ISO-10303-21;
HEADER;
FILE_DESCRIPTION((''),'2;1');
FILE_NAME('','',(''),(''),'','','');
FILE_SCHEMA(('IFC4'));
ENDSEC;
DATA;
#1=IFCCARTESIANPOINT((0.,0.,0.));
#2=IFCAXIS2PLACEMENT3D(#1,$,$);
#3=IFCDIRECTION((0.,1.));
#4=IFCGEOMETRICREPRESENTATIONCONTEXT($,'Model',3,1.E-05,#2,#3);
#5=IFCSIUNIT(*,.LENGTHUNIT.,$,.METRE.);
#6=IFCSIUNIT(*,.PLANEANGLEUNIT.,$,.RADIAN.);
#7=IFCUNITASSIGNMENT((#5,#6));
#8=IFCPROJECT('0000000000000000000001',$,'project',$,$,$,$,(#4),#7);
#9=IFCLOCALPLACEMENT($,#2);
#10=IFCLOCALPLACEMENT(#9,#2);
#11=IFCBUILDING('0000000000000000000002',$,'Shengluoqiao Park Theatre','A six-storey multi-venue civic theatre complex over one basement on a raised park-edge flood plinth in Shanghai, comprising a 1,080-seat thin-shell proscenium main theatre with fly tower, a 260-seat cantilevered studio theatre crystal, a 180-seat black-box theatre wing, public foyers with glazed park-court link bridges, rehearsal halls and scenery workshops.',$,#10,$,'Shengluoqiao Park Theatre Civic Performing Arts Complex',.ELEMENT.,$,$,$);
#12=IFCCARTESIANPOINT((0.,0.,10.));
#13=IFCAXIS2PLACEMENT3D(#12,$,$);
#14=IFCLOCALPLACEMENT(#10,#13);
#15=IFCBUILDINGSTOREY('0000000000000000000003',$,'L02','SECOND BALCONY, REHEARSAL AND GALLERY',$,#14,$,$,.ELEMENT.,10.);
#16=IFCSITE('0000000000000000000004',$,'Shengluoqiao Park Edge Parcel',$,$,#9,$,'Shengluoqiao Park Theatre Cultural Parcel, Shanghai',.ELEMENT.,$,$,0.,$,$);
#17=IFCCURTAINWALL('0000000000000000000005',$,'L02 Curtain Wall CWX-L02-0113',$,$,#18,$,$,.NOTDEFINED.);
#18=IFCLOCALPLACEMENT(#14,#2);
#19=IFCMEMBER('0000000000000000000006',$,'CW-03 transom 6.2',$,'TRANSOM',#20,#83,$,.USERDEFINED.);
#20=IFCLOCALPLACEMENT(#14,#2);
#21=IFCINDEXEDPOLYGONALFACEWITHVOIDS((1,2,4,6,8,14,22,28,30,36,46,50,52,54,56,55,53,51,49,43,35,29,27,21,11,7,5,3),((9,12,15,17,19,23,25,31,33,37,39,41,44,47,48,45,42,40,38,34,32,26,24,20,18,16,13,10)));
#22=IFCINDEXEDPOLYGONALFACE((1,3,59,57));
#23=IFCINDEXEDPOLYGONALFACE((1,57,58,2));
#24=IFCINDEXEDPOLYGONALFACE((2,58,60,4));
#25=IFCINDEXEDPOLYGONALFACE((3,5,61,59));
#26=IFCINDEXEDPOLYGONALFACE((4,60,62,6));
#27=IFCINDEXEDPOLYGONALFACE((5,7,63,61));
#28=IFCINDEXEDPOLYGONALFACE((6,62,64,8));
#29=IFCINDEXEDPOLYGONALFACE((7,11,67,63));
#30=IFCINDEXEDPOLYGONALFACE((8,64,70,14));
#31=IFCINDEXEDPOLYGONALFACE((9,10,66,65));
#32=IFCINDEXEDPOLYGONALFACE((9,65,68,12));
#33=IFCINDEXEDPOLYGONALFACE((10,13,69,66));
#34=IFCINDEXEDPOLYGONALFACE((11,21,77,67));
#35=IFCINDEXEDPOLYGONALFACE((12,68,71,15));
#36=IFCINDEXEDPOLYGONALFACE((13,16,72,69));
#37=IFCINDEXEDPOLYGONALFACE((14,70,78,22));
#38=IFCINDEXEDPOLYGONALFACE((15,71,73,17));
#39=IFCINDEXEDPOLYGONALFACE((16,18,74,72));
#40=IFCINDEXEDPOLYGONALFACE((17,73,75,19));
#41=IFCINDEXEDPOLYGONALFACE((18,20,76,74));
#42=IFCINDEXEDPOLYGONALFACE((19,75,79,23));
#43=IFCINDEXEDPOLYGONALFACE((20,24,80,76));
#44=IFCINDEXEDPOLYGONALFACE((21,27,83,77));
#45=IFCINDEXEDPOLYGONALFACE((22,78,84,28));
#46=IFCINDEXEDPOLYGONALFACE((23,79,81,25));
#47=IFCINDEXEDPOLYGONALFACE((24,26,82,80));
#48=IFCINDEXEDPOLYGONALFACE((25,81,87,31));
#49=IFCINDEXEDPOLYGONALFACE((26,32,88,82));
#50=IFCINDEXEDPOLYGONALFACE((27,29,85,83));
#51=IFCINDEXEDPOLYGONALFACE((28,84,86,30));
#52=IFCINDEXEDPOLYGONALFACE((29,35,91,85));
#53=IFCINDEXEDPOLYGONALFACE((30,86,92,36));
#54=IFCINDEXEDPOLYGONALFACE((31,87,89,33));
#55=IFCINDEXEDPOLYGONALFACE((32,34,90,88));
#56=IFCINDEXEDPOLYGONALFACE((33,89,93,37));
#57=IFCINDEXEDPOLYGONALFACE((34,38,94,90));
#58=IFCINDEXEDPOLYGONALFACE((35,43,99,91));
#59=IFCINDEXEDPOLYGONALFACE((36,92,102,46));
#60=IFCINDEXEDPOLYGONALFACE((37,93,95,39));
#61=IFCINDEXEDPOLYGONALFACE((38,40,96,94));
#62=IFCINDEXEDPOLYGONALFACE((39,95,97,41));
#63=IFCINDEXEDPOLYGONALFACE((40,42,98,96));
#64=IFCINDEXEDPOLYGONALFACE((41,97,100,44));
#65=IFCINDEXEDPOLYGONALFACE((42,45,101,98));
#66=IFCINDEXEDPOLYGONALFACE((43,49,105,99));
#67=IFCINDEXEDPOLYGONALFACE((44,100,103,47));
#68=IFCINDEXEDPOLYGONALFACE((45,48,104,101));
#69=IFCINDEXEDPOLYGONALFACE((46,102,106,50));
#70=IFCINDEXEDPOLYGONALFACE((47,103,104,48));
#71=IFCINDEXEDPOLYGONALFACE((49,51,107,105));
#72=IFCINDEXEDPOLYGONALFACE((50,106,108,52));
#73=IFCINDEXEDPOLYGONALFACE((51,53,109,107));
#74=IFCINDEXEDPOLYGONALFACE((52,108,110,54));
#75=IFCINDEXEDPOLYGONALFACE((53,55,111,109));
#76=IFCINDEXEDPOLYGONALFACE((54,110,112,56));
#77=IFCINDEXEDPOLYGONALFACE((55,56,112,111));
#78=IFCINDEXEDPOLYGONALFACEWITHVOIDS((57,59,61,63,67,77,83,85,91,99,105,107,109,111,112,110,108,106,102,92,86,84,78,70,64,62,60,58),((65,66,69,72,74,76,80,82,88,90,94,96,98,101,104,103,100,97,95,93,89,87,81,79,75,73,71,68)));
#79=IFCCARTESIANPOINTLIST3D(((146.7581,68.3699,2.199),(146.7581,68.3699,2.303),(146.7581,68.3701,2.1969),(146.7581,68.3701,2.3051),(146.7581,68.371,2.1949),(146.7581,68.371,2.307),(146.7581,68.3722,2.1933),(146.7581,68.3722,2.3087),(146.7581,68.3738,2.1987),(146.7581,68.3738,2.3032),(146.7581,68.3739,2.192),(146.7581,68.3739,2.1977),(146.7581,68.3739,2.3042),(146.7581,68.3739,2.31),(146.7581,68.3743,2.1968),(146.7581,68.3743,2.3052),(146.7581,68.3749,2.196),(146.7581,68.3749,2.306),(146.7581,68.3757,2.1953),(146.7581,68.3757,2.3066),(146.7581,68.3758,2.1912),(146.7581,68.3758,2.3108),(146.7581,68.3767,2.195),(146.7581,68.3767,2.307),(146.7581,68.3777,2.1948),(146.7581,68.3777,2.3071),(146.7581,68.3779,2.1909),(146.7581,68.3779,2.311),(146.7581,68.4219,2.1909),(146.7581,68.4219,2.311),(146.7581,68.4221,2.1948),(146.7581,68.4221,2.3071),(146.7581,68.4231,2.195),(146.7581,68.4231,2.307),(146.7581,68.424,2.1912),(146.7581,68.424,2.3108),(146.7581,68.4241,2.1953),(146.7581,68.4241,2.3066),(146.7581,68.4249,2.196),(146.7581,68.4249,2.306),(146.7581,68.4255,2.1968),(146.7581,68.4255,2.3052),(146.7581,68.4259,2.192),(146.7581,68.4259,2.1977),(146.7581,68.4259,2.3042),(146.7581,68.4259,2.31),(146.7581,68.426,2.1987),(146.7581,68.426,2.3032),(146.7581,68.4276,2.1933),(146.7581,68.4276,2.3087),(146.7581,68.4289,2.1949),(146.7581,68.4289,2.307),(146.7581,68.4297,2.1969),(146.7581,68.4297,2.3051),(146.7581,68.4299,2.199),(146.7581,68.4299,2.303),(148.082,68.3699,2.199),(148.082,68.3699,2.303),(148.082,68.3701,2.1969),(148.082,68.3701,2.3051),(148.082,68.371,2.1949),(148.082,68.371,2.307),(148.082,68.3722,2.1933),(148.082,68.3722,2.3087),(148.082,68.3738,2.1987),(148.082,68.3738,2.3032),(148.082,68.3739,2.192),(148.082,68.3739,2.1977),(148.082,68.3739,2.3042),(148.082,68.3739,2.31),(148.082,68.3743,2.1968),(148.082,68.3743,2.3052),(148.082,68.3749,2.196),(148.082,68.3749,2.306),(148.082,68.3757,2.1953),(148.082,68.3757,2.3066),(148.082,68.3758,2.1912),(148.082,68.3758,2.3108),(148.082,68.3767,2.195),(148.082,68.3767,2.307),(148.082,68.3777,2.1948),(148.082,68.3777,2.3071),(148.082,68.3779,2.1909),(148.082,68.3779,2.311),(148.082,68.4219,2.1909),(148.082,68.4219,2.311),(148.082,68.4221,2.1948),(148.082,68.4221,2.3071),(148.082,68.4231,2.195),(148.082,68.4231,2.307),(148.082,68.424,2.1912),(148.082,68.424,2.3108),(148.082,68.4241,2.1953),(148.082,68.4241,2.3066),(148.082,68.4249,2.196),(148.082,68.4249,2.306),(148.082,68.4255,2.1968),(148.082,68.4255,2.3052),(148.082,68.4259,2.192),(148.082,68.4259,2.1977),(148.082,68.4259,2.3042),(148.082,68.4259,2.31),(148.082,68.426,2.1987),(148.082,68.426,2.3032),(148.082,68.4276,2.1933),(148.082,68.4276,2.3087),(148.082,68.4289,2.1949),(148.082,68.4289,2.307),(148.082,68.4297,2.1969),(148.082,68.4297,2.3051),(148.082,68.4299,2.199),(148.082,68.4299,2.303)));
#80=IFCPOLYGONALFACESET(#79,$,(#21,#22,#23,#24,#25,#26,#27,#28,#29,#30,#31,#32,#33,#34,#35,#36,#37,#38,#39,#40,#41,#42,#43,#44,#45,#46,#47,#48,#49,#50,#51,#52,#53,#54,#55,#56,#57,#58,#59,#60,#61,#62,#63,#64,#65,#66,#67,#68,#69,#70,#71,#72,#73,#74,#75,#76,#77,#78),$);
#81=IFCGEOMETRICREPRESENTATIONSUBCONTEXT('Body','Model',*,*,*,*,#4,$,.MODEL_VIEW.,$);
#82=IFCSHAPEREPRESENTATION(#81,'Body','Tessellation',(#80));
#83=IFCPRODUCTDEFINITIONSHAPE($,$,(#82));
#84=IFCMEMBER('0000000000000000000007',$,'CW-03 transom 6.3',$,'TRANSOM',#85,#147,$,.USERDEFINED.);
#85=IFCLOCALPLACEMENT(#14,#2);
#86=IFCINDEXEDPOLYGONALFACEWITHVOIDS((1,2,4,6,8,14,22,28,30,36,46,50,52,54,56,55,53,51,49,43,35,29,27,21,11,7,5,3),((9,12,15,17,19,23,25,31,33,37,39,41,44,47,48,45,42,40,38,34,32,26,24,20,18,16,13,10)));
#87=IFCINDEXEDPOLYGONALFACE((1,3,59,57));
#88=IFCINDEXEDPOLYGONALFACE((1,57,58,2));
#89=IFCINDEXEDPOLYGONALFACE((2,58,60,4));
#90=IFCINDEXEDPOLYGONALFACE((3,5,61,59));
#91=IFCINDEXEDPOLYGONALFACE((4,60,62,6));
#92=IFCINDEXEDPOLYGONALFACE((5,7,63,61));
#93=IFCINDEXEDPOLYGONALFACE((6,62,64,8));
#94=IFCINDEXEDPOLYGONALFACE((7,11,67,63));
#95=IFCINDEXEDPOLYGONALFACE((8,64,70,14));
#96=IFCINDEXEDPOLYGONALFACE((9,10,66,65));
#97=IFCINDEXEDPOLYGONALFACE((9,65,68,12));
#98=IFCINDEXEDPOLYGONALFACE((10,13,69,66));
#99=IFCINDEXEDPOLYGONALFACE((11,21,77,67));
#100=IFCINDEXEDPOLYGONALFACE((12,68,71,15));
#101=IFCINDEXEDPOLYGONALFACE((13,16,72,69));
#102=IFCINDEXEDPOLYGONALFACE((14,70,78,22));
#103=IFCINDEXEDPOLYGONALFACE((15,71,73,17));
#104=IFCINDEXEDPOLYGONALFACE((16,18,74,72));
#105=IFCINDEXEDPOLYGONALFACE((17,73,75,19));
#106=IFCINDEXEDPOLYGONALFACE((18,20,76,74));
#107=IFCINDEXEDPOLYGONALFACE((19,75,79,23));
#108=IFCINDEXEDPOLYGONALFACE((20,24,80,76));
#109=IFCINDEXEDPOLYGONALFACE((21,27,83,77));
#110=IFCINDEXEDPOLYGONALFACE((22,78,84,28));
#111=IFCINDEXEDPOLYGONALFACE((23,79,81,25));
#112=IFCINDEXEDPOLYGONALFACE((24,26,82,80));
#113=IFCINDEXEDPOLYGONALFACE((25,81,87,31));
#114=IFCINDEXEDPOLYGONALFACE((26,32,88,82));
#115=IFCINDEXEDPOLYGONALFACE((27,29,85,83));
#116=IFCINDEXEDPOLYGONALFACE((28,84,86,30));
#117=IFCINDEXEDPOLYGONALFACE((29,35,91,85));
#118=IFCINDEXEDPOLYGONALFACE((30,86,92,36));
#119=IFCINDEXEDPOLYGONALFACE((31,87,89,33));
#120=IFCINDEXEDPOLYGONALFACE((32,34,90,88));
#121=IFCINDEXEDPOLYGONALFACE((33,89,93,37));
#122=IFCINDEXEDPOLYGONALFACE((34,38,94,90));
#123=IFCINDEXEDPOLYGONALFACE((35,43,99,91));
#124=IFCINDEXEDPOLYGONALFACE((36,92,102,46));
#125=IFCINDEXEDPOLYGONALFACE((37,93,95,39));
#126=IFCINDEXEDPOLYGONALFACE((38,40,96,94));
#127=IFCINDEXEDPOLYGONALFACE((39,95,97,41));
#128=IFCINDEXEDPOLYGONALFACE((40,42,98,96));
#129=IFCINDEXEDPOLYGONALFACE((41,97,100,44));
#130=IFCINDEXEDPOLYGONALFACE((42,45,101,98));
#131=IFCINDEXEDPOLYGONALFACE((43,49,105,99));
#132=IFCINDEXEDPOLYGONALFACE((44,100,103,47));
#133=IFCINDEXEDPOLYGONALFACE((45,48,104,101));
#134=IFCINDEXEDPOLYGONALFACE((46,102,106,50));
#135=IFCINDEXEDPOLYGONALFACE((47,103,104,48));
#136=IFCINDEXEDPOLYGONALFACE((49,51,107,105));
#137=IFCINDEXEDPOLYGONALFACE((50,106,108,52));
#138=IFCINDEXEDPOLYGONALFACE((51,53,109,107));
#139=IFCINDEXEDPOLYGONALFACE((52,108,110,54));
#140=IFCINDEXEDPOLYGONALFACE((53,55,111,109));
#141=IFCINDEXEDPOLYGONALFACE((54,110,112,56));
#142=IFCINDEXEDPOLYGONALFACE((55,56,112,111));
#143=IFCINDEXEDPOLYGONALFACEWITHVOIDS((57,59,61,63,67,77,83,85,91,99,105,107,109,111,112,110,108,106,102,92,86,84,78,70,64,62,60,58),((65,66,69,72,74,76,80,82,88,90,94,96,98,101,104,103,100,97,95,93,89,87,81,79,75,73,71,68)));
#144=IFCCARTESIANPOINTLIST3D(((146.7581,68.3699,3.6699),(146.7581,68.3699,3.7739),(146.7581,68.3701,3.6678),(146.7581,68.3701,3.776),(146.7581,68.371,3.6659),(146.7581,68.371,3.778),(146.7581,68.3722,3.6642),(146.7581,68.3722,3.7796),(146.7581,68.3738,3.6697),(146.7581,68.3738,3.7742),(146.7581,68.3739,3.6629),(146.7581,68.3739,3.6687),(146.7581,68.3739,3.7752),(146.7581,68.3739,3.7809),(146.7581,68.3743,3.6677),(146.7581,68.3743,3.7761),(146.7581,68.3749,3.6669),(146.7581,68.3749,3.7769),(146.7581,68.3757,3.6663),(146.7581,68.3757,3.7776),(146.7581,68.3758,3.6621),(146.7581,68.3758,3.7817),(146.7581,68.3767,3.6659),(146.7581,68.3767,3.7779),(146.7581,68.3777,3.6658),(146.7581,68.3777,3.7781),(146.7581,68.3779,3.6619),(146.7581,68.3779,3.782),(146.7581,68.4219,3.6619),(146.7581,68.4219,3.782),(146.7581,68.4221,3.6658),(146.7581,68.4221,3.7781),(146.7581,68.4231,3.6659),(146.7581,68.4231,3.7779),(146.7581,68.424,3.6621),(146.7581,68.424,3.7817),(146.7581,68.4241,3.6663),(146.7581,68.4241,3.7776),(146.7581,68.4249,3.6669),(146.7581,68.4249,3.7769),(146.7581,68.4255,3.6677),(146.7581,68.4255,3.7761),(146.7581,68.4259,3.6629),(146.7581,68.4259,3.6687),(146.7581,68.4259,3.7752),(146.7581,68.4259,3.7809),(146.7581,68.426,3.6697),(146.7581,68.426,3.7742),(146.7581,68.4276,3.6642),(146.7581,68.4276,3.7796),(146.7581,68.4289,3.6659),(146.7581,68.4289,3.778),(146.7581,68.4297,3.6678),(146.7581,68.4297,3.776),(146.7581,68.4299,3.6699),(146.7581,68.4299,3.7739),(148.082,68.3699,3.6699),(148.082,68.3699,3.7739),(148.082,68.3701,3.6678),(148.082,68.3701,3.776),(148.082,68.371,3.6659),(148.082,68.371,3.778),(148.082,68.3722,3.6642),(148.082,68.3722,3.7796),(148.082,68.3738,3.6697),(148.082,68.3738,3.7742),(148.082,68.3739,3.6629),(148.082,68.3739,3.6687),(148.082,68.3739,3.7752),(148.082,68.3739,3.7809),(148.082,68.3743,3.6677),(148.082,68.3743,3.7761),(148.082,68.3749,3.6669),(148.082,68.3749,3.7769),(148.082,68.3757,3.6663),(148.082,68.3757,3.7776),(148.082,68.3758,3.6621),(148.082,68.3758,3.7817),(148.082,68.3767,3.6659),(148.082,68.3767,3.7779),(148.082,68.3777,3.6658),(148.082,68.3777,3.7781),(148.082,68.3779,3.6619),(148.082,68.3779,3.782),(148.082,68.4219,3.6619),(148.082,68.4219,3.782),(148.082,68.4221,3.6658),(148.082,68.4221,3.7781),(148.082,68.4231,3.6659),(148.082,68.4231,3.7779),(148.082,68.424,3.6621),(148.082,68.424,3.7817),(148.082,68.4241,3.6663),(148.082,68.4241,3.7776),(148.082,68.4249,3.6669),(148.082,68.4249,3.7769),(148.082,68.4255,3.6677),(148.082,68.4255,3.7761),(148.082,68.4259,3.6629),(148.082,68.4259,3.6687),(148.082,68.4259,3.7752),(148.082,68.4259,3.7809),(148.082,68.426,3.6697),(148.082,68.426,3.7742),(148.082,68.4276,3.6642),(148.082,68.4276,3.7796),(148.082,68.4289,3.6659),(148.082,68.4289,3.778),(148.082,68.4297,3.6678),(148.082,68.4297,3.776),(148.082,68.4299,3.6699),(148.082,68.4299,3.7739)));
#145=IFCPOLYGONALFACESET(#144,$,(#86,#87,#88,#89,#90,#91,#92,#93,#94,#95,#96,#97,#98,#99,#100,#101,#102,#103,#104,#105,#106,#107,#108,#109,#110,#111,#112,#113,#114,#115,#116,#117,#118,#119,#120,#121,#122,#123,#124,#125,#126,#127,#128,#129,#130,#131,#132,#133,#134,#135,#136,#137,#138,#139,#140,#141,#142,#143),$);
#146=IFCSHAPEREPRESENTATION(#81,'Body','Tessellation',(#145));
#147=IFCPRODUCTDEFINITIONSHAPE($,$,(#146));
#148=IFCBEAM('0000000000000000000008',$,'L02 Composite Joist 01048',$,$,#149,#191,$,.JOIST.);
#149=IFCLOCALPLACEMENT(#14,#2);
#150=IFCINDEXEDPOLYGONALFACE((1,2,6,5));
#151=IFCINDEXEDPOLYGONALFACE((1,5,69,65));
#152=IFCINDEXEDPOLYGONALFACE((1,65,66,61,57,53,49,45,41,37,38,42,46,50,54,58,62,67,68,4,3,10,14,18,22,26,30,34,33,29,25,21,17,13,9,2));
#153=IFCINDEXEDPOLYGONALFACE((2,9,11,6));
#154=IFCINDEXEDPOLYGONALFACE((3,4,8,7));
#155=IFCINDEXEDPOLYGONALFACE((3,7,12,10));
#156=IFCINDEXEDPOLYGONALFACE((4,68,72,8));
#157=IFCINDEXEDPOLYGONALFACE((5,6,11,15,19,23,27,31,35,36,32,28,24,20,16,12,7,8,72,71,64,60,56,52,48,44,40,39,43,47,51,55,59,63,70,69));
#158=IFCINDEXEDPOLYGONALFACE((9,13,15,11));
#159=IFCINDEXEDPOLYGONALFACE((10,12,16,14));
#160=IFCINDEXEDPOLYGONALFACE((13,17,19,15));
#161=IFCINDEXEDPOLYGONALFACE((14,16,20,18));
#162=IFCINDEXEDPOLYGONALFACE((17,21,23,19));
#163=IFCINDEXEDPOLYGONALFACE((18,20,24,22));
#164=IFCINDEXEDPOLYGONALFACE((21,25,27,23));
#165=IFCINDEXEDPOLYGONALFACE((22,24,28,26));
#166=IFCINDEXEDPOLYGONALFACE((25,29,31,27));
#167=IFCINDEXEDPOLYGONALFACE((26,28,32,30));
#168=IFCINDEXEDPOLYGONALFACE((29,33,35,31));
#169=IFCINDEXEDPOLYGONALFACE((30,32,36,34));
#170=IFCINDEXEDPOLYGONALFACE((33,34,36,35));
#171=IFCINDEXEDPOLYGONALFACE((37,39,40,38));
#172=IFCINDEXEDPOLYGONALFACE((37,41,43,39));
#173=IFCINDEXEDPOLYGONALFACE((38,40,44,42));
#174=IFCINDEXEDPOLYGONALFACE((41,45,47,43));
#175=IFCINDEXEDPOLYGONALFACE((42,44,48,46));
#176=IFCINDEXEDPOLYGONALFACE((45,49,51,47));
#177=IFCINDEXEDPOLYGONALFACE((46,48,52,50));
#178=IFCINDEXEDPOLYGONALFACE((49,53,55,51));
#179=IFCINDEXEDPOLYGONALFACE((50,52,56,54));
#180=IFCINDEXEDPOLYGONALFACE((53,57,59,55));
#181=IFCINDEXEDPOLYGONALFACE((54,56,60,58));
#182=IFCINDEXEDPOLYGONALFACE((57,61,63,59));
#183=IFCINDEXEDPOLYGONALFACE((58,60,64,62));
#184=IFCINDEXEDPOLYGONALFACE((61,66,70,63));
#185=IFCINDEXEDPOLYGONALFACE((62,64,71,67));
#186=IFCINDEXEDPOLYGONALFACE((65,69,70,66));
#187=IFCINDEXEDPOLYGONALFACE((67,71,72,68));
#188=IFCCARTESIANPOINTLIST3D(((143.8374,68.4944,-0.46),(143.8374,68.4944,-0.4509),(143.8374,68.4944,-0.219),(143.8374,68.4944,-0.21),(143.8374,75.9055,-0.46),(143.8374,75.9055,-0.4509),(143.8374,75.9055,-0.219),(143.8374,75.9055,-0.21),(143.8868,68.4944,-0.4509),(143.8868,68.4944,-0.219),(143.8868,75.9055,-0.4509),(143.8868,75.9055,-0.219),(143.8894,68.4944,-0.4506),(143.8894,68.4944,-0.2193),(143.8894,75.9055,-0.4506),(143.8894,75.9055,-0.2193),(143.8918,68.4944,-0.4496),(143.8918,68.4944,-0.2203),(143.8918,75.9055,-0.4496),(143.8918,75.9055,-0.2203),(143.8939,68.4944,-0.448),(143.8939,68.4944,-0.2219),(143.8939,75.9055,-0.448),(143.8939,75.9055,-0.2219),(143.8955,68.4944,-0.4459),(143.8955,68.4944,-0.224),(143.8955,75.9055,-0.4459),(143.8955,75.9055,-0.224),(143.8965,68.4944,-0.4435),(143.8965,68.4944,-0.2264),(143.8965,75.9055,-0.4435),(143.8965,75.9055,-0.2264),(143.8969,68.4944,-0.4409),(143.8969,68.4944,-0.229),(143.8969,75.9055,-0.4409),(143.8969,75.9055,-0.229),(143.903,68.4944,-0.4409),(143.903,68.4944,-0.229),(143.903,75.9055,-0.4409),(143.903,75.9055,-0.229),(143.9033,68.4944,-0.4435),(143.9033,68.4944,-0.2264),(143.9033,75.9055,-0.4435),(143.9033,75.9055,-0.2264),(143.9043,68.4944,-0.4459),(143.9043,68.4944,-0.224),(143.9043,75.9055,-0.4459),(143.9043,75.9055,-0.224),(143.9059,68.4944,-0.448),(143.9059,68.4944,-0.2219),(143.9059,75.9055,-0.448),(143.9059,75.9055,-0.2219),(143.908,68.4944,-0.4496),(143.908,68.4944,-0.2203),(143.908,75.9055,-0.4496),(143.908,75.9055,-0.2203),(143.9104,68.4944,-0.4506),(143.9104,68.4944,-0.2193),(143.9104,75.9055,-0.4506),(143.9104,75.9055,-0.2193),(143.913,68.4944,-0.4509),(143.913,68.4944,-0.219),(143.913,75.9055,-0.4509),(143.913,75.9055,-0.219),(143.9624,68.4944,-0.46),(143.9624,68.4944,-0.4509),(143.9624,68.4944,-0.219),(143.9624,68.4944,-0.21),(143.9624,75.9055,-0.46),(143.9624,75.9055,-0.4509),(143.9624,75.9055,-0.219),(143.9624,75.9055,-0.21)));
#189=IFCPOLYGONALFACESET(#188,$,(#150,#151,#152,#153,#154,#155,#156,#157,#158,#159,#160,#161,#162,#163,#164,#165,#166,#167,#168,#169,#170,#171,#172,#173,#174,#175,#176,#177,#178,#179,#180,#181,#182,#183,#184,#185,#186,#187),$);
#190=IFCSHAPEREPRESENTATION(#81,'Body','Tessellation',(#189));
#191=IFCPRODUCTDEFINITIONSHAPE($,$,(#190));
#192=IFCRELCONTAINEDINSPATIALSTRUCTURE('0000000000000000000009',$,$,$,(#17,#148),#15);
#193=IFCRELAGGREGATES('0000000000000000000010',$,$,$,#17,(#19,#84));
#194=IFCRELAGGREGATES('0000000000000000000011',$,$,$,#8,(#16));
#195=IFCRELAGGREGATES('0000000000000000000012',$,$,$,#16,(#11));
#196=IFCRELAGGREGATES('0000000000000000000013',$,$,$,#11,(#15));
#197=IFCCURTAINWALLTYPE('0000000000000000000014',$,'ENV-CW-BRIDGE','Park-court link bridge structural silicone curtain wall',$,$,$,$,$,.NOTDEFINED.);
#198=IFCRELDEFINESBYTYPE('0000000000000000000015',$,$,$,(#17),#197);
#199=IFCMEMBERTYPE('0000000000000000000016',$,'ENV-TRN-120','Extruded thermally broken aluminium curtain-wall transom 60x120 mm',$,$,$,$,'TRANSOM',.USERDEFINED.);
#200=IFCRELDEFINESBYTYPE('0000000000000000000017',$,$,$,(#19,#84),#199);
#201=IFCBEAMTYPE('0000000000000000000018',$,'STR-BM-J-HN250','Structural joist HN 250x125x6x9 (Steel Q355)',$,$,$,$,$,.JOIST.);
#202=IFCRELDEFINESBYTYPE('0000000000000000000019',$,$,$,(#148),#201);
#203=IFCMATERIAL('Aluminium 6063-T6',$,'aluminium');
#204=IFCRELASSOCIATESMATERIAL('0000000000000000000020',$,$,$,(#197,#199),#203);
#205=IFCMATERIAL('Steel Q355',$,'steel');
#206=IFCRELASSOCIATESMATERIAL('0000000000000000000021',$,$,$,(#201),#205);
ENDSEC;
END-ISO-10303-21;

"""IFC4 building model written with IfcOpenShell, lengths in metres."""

from ifc_helpers import new_model, si_unit, direction, frame, origin, origin_2d, place, context, subcontext, project, spatial, hollow_rectangle, i_section, extrude, material, material_profile, profile_set, type_object, element, aggregate, save


model = new_model("IFC4")

# Units and contexts
model_context = context("Model", 3, precision=1e-05, world=origin(), true_north=direction((0.0, 1.0)))
body_context = subcontext(model_context, "Body", "Model", "MODEL_VIEW")
ifc_project = project(units=[si_unit("LENGTHUNIT", "METRE"), si_unit("PLANEANGLEUNIT", "RADIAN")], contexts=[model_context])

# Site, building, storey
site_placement = place(None, origin())
site = spatial("IfcSite", under=ifc_project, at=site_placement, Name="Shengluoqiao Park Edge Parcel", LongName="Shengluoqiao Park Theatre Cultural Parcel, Shanghai", CompositionType="ELEMENT", RefElevation=0.0)
building_placement = place(site_placement, origin())
building = spatial("IfcBuilding", under=site, at=building_placement, Name="Shengluoqiao Park Theatre", Description="A six-storey multi-venue civic theatre complex over one basement on a raised park-edge flood plinth in Shanghai, comprising a 1,080-seat thin-shell proscenium main theatre with fly tower, a 260-seat cantilevered studio theatre crystal, a 180-seat black-box theatre wing, public foyers with glazed park-court link bridges, rehearsal halls and scenery workshops.", LongName="Shengluoqiao Park Theatre Civic Performing Arts Complex", CompositionType="ELEMENT")
storey_placement = place(building_placement, frame((0.0, 0.0, 10.0)))
storey = spatial("IfcBuildingStorey", under=building, at=storey_placement, Name="L02", Description="SECOND BALCONY, REHEARSAL AND GALLERY", CompositionType="ELEMENT", Elevation=10.0)

# Curtain wall, members
ifc_material_1 = material(Name="Aluminium 6063-T6", Category="aluminium")
curtain_wall_type = type_object("IfcCurtainWallType", Name="ENV-CW-BRIDGE", Description="Park-court link bridge structural silicone curtain wall", PredefinedType="NOTDEFINED", material=ifc_material_1)
curtain_wall_placement = place(storey_placement, origin())
curtain_wall = element("IfcCurtainWall", 1, at=curtain_wall_placement, inside=storey, type_object=curtain_wall_type, Name="L02 Curtain Wall CWX-L02-0113", PredefinedType="NOTDEFINED")
ifc_material_profile_1 = material_profile(ifc_material_1, hollow_rectangle(XDim=0.0601, YDim=0.1201, WallThickness=0.0039, InnerFilletRadius=0.0039, OuterFilletRadius=0.0081, at=origin_2d()), Name="ALU TRANSOM 120x60x4")
ifc_profile_set_1 = profile_set([ifc_material_profile_1], Name="Aluminium 6063-T6")
member_type_1 = type_object("IfcMemberType", Name="ENV-TRN-120", Description="Extruded thermally broken aluminium curtain-wall transom 60x120 mm", ElementType="TRANSOM", PredefinedType="USERDEFINED", material=ifc_profile_set_1)
member_1_placement = place(storey_placement, frame((146.7581, 68.3999, 2.251), z_axis=(1.0, 0.0, 0.0), x_axis=(0.0, 1.0, 0.0)))
member_1 = element("IfcMember", 2, at=member_1_placement, type_object=member_type_1, Name="CW-03 transom 6.2", ObjectType="TRANSOM", PredefinedType="USERDEFINED", context=body_context, shape_type="SweptSolid", body=[
    extrude(hollow_rectangle(XDim=0.0601, YDim=0.1201, WallThickness=0.0039, InnerFilletRadius=0.0039, OuterFilletRadius=0.0081, at=origin_2d()), origin(), (0.0, 0.0, 1.0), 1.324),
])
member_2_placement = place(storey_placement, frame((146.7581, 68.3999, 3.7219), z_axis=(1.0, 0.0, 0.0), x_axis=(0.0, 1.0, 0.0)))
member_2 = element("IfcMember", 3, at=member_2_placement, type_object=member_type_1, Name="CW-03 transom 6.3", ObjectType="TRANSOM", PredefinedType="USERDEFINED", context=body_context, shape_type="SweptSolid", body=[
    extrude(hollow_rectangle(XDim=0.0601, YDim=0.1201, WallThickness=0.0039, InnerFilletRadius=0.0039, OuterFilletRadius=0.0081, at=origin_2d()), origin(), (0.0, 0.0, 1.0), 1.324),
])

# Beam
ifc_material_2 = material(Name="Steel Q355", Category="steel")
ifc_material_profile_2 = material_profile(ifc_material_2, i_section(OverallWidth=0.125, OverallDepth=0.25, WebThickness=0.0061, FlangeThickness=0.009, FilletRadius=0.01, at=origin_2d()), Name="HN 250x125x6x9")
ifc_profile_set_2 = profile_set([ifc_material_profile_2], Name="Steel Q355")
beam_type = type_object("IfcBeamType", Name="STR-BM-J-HN250", Description="Structural joist HN 250x125x6x9 (Steel Q355)", PredefinedType="JOIST", material=ifc_profile_set_2)
for number, where, z_axis, x_axis, name in (
    (4, (143.8999, 68.4944, -0.335), (0.0, 1.0, 0.0), (-1.0, 0.0, 0.0), "L02 Composite Joist 01048"),
):
    element("IfcBeam", number, at=place(storey_placement, frame(where, z_axis=z_axis, x_axis=x_axis)), inside=storey, type_object=beam_type, Name=name, PredefinedType="JOIST", context=body_context, shape_type="SweptSolid", body=[
        extrude(i_section(OverallWidth=0.125, OverallDepth=0.25, WebThickness=0.0061, FlangeThickness=0.009, FilletRadius=0.01, at=origin_2d()), origin(), (0.0, 0.0, 1.0), 7.4111),
    ])

aggregate(curtain_wall, [member_1, member_2])

save(model, "model.ifc")
